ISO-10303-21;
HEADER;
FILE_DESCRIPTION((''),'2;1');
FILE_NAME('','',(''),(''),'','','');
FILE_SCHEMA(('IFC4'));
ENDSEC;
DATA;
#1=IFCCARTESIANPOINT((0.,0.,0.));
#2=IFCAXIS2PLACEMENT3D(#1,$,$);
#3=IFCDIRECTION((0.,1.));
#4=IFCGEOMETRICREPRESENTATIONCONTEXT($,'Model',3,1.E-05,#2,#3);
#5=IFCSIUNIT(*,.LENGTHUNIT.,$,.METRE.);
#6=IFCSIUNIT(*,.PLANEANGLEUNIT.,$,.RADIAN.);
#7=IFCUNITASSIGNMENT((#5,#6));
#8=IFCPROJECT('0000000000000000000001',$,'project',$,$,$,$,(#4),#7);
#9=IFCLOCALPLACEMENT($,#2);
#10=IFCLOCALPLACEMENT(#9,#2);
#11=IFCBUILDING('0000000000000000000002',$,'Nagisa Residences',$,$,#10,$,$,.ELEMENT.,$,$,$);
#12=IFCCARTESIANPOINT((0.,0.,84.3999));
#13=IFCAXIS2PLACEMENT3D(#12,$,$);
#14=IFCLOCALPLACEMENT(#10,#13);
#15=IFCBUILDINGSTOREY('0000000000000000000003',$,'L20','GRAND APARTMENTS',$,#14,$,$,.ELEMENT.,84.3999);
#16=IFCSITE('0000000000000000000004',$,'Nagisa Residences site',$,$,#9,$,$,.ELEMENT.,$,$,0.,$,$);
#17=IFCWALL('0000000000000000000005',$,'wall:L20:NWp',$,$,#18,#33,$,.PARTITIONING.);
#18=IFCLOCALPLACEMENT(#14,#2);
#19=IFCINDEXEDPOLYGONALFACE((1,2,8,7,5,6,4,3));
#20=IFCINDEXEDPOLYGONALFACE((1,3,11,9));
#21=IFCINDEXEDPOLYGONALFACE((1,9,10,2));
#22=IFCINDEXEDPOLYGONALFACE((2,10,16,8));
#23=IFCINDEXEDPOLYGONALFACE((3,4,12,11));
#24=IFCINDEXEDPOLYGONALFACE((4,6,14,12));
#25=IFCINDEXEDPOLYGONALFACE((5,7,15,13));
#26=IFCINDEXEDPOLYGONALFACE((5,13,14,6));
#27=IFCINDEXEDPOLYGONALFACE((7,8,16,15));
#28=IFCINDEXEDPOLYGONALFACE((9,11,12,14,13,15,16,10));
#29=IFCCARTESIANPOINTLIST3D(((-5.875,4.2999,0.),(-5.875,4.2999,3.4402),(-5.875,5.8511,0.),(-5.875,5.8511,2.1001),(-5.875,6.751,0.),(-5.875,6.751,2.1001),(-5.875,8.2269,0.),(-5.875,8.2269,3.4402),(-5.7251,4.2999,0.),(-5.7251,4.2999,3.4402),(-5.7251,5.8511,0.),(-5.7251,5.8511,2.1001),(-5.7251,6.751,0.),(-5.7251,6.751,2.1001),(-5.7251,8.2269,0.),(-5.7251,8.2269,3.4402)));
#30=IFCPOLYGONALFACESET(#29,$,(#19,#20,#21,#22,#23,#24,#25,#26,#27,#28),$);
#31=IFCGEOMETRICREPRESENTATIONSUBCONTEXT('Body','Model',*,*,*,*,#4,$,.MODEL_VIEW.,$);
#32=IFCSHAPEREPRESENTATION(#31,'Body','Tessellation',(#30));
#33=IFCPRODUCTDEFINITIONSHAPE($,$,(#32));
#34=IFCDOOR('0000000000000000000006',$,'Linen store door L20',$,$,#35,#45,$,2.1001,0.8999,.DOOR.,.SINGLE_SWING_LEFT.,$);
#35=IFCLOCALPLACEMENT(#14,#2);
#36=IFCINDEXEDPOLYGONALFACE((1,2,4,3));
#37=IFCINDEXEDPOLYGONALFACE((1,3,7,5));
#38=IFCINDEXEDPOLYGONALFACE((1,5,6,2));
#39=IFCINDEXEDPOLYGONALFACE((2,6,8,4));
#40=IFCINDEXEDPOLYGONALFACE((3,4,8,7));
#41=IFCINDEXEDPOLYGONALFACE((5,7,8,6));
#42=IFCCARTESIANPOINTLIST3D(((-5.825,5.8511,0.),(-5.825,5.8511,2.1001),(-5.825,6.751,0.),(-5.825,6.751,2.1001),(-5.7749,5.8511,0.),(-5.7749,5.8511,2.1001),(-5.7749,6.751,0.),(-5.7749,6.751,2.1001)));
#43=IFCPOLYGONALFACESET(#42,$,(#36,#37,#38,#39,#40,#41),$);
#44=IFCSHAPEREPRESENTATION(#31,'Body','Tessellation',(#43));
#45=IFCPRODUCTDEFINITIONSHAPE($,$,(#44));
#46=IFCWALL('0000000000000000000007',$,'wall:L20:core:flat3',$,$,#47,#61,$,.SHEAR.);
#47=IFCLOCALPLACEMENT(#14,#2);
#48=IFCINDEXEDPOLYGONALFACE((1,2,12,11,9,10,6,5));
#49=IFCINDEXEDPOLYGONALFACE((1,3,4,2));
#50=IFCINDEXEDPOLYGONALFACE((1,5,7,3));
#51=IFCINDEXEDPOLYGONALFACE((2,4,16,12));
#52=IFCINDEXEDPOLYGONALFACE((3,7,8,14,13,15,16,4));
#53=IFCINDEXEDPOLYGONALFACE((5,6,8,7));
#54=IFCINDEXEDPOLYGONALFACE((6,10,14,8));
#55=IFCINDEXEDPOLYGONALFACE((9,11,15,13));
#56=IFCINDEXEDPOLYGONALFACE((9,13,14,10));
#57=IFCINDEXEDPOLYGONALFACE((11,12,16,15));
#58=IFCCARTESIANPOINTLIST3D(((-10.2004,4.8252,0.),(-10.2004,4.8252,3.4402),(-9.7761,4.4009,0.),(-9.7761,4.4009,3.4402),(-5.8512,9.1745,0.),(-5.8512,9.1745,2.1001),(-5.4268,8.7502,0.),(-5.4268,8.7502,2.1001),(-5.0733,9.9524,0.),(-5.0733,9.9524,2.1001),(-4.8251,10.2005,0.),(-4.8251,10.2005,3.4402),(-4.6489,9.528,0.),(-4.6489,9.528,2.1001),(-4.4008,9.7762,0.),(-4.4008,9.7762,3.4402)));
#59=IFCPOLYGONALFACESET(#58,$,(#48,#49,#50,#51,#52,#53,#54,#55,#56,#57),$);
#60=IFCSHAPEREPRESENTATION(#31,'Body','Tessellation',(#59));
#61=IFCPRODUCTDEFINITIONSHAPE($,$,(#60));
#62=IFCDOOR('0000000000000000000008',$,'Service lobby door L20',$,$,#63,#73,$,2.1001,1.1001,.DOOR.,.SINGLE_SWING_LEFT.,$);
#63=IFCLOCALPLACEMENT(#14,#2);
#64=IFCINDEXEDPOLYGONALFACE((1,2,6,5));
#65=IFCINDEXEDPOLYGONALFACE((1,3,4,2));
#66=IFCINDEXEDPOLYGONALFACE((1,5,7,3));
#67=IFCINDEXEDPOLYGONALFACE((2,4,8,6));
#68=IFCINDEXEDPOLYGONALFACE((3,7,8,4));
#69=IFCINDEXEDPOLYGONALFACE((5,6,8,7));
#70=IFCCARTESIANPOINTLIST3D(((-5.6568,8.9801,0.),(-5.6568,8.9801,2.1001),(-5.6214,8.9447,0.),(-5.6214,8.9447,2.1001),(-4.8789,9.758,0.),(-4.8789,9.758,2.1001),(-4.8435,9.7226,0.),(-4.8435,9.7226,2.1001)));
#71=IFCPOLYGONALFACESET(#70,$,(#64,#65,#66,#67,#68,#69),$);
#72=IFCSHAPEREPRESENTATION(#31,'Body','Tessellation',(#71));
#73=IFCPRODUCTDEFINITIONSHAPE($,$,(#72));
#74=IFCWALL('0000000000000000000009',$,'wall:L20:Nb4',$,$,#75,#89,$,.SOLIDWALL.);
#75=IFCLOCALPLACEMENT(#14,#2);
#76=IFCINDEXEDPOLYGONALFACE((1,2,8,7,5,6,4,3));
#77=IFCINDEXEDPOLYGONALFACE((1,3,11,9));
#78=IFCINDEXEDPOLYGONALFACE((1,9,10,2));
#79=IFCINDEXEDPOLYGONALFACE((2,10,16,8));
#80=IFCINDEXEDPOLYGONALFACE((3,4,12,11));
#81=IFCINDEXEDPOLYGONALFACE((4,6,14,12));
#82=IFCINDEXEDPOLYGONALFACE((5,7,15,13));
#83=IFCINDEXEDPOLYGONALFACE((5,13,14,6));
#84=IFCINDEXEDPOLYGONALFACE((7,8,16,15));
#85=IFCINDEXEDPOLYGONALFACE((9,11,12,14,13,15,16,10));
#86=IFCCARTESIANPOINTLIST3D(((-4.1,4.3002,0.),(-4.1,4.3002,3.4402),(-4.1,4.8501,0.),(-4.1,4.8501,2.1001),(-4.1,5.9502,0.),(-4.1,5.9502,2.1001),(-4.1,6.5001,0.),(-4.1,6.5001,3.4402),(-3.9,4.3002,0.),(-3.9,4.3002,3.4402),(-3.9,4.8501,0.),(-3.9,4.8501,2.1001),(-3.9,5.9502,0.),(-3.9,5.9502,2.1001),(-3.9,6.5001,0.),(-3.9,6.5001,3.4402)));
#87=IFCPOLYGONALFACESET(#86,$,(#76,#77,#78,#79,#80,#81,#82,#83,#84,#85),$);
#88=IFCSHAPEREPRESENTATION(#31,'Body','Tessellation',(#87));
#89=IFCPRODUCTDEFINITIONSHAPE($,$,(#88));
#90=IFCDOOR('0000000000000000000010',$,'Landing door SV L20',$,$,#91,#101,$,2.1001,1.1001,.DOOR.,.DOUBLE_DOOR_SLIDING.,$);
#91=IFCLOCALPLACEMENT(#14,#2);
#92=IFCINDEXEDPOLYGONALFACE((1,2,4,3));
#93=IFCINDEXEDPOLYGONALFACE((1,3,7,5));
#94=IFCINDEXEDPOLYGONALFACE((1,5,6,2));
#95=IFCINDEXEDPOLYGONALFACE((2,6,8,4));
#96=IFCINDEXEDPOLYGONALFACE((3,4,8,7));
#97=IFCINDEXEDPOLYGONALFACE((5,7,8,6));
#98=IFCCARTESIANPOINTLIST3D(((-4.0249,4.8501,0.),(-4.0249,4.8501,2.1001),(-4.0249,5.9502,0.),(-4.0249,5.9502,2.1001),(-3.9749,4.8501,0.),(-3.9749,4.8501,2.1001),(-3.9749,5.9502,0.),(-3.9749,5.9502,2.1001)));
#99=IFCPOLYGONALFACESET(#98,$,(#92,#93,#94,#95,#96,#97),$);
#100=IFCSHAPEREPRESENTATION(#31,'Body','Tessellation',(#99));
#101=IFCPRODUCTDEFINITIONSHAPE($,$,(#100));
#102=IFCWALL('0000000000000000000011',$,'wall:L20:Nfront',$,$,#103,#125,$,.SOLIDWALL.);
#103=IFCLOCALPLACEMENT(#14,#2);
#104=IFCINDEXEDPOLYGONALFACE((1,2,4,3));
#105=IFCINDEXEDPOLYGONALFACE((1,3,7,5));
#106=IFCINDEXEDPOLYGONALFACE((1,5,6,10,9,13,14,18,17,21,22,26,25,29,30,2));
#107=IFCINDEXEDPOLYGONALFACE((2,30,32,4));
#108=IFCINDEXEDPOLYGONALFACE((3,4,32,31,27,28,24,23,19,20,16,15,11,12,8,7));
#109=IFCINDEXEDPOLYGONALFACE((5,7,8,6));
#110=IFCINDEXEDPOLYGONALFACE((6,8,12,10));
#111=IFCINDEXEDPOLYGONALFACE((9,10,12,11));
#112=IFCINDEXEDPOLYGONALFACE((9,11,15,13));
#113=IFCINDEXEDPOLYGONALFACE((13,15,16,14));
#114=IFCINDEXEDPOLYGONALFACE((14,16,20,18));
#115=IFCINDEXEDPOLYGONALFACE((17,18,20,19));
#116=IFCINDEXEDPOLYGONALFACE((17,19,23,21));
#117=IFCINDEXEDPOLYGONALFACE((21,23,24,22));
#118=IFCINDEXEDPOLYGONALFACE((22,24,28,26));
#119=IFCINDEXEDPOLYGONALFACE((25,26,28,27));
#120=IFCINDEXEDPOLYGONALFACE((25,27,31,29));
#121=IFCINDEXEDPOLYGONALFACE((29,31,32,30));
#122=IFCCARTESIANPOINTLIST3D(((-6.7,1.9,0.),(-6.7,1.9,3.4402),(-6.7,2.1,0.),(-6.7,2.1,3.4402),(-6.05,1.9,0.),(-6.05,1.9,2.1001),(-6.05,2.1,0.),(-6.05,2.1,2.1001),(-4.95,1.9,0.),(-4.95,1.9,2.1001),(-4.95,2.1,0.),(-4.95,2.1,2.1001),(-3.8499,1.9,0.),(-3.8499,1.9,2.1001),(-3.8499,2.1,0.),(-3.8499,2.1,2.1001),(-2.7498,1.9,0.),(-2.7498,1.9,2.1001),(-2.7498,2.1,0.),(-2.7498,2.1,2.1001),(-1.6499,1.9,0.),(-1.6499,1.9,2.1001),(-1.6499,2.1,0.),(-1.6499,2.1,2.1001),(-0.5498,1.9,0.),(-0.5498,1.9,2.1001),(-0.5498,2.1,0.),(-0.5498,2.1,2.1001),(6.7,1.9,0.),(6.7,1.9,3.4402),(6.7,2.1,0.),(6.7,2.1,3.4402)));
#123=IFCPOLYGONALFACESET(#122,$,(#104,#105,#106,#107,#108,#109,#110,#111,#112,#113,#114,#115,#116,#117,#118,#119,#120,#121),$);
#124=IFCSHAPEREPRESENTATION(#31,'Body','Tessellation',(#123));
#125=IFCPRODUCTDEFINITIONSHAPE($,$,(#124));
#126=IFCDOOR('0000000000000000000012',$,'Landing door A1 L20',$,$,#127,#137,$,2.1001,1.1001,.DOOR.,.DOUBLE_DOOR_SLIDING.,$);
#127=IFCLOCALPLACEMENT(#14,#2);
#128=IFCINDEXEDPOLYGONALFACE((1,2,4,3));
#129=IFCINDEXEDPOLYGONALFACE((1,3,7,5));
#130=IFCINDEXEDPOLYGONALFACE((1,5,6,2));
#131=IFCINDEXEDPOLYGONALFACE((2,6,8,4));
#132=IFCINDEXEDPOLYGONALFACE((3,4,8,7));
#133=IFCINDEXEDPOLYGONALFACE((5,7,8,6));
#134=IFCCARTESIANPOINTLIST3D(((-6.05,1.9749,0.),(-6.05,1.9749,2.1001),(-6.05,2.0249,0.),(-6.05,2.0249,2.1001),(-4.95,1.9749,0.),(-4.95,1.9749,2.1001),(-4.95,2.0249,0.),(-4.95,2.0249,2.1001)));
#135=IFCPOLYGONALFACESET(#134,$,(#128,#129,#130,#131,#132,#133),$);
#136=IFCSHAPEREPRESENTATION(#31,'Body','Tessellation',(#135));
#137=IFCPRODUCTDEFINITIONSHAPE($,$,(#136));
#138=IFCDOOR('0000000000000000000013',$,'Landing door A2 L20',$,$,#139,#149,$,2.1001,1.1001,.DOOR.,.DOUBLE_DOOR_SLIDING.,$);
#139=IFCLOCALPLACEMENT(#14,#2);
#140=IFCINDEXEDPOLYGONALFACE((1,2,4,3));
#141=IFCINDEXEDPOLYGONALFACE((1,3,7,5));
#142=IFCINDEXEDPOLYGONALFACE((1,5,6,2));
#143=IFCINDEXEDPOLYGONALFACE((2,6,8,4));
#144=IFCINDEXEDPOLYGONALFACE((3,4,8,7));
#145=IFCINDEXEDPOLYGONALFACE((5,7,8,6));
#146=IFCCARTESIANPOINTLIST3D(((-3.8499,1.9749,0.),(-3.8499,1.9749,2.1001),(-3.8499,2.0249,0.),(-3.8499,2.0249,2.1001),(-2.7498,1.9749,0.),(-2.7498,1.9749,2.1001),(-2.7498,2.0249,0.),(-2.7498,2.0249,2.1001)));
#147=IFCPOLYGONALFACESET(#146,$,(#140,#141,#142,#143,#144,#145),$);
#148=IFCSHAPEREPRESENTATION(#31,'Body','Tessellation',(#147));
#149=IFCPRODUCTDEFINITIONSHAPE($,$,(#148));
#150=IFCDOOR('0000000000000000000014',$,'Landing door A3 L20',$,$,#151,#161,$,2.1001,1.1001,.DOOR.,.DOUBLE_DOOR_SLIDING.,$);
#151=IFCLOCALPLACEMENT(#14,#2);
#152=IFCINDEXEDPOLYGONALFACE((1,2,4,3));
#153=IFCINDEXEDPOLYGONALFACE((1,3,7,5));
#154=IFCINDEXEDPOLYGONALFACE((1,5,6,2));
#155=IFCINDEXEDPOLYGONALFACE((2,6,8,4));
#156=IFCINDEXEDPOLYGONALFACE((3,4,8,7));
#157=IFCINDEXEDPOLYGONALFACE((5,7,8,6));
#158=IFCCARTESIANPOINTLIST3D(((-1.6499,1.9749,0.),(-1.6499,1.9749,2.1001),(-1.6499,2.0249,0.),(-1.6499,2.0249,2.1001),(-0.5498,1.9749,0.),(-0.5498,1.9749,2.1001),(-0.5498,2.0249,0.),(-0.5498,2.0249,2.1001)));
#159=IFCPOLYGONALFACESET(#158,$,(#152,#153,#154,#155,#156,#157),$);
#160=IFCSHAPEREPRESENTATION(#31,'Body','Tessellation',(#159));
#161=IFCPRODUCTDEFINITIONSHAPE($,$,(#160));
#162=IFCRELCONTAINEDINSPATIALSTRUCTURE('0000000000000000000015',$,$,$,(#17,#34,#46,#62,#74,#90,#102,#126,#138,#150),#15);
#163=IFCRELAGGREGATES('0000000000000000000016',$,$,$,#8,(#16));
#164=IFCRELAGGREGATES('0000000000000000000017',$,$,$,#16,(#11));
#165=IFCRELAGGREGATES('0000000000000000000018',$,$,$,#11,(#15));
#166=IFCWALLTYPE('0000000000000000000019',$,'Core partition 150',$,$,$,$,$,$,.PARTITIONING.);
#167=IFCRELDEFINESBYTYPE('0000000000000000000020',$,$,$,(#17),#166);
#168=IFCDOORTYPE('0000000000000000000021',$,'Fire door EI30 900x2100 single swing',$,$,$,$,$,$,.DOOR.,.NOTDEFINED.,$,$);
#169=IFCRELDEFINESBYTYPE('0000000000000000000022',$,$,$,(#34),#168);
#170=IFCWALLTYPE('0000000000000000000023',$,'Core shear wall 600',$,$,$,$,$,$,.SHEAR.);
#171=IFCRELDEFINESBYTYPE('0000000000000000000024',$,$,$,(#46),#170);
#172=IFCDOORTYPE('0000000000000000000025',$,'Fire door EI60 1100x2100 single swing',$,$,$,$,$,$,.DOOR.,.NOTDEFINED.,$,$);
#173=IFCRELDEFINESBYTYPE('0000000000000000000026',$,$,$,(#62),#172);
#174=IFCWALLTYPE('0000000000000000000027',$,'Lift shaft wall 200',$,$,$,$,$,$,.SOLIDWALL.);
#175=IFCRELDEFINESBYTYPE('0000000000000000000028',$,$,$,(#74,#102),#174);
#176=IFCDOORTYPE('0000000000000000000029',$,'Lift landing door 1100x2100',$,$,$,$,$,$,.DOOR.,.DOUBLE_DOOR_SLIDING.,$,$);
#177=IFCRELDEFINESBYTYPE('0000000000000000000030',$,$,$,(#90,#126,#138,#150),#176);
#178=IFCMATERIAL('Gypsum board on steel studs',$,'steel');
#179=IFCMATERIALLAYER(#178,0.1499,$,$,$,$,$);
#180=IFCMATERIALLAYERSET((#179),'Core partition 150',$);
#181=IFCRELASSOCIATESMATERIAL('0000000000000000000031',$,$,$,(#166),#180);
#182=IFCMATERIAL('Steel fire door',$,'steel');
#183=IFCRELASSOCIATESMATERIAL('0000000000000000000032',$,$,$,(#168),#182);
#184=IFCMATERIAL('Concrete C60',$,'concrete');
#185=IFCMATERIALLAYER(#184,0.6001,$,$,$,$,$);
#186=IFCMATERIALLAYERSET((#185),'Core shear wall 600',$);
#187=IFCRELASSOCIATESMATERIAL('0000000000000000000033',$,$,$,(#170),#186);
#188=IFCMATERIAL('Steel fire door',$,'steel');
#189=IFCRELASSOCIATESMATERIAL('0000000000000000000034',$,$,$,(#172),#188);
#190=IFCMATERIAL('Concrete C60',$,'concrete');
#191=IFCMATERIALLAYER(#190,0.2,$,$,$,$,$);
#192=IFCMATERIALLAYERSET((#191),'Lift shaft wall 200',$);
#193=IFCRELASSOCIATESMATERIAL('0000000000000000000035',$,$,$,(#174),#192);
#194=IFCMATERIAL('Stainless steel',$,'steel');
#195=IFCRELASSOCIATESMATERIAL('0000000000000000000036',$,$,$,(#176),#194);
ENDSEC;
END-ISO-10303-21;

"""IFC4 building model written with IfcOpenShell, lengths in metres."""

from ifc_helpers import new_model, si_unit, direction, frame, frame_2d, origin, place, context, subcontext, project, spatial, rectangle, extrude, material, layer, layer_set, type_object, element, fill, save


model = new_model("IFC4")

# Units and contexts
model_context = context("Model", 3, precision=1e-05, world=origin(), true_north=direction((0.0, 1.0)))
body_context = subcontext(model_context, "Body", "Model", "MODEL_VIEW")
ifc_project = project(units=[si_unit("LENGTHUNIT", "METRE"), si_unit("PLANEANGLEUNIT", "RADIAN")], contexts=[model_context])

# Site, building, storey
site_placement = place(None, origin())
site = spatial("IfcSite", under=ifc_project, at=site_placement, Name="Nagisa Residences site", CompositionType="ELEMENT", RefElevation=0.0)
building_placement = place(site_placement, origin())
building = spatial("IfcBuilding", under=site, at=building_placement, Name="Nagisa Residences", CompositionType="ELEMENT")
storey_placement = place(building_placement, frame((0.0, 0.0, 84.3999)))
storey = spatial("IfcBuildingStorey", under=building, at=storey_placement, Name="L20", Description="GRAND APARTMENTS", CompositionType="ELEMENT", Elevation=84.3999)

# Walls, openings, doors
ifc_material_1 = material(Name="Gypsum board on steel studs", Category="steel")
ifc_layer_1 = layer(ifc_material_1, 0.1499)
ifc_layer_set_1 = layer_set([ifc_layer_1], Name="Core partition 150")
wall_type_1 = type_object("IfcWallType", Name="Core partition 150", PredefinedType="PARTITIONING", material=ifc_layer_set_1)
wall_1_placement = place(storey_placement, frame((-5.8, 4.3, 0.0), z_axis=(0.0, 0.0, 1.0), x_axis=(0.0, 1.0, 0.0)))
wall_1 = element("IfcWall", 1, at=wall_1_placement, inside=storey, type_object=wall_type_1, Name="wall:L20:NWp", PredefinedType="PARTITIONING", context=body_context, shape_type="SweptSolid", body=[
    extrude(rectangle(XDim=3.927, YDim=0.1499, at=frame_2d((1.9634, 0.0))), origin(), (0.0, 0.0, 1.0), 3.4402),
])
opening_1_placement = place(wall_1_placement, frame((1.551, 0.0, 0.0)))
opening_1 = element("IfcOpeningElement", 2, at=opening_1_placement, cuts=wall_1, PredefinedType="OPENING", context=body_context, shape_type="SweptSolid", body=[
    extrude(rectangle(XDim=0.8999, YDim=2.1001, at=frame_2d((0.45, 1.05))), frame((0.0, 0.085, 0.0), z_axis=(0.0, -1.0, 0.0), x_axis=(1.0, 0.0, 0.0)), (0.0, 0.0, 1.0), 0.1699),
])
ifc_material_2 = material(Name="Steel fire door", Category="steel")
door_type_1 = type_object("IfcDoorType", Name="Fire door EI30 900x2100 single swing", OperationType="NOTDEFINED", PredefinedType="DOOR", material=ifc_material_2)
door_1_placement = place(opening_1_placement, origin())
door_1 = element("IfcDoor", 3, at=door_1_placement, inside=storey, type_object=door_type_1, Name="Linen store door L20", OperationType="SINGLE_SWING_LEFT", OverallHeight=2.1001, OverallWidth=0.8999, PredefinedType="DOOR", context=body_context, shape_type="SweptSolid", body=[
    extrude(rectangle(XDim=0.8999, YDim=2.1001, at=frame_2d((0.45, 1.05))), frame((0.0, 0.0249, 0.0), z_axis=(0.0, -1.0, 0.0), x_axis=(1.0, 0.0, 0.0)), (0.0, 0.0, 1.0), 0.05),
])
fill(opening_1, door_1)
ifc_material_3 = material(Name="Concrete C60", Category="concrete")
ifc_layer_2 = layer(ifc_material_3, 0.6001)
ifc_layer_set_2 = layer_set([ifc_layer_2], Name="Core shear wall 600")
wall_type_2 = type_object("IfcWallType", Name="Core shear wall 600", PredefinedType="SHEAR", material=ifc_layer_set_2)
wall_2_placement = place(storey_placement, frame((-4.613, 9.9883, 0.0), z_axis=(0.0, 0.0, 1.0), x_axis=(-0.707107, -0.707107, 0.0)))
wall_2 = element("IfcWall", 4, at=wall_2_placement, inside=storey, type_object=wall_type_2, Name="wall:L20:core:flat3", PredefinedType="SHEAR", context=body_context, shape_type="SweptSolid", body=[
    extrude(rectangle(XDim=7.6018, YDim=0.6001, at=frame_2d((3.8008, 0.0))), origin(), (0.0, 0.0, 1.0), 3.4402),
])
opening_2_placement = place(wall_2_placement, frame((0.3508, 0.0, 0.0)))
opening_2 = element("IfcOpeningElement", 5, at=opening_2_placement, cuts=wall_2, PredefinedType="OPENING", context=body_context, shape_type="SweptSolid", body=[
    extrude(rectangle(XDim=1.1001, YDim=2.1001, at=frame_2d((0.55, 1.05))), frame((0.0, 0.3101, 0.0), z_axis=(0.0, -1.0, 0.0), x_axis=(1.0, 0.0, 0.0)), (0.0, 0.0, 1.0), 0.6201),
])
ifc_material_4 = material(Name="Steel fire door", Category="steel")
door_type_2 = type_object("IfcDoorType", Name="Fire door EI60 1100x2100 single swing", OperationType="NOTDEFINED", PredefinedType="DOOR", material=ifc_material_4)
door_2_placement = place(opening_2_placement, origin())
door_2 = element("IfcDoor", 6, at=door_2_placement, inside=storey, type_object=door_type_2, Name="Service lobby door L20", OperationType="SINGLE_SWING_LEFT", OverallHeight=2.1001, OverallWidth=1.1001, PredefinedType="DOOR", context=body_context, shape_type="SweptSolid", body=[
    extrude(rectangle(XDim=1.1001, YDim=2.1001, at=frame_2d((0.55, 1.05))), frame((0.0, 0.0249, 0.0), z_axis=(0.0, -1.0, 0.0), x_axis=(1.0, 0.0, 0.0)), (0.0, 0.0, 1.0), 0.05),
])
fill(opening_2, door_2)
ifc_material_5 = material(Name="Concrete C60", Category="concrete")
ifc_layer_3 = layer(ifc_material_5, 0.2)
ifc_layer_set_3 = layer_set([ifc_layer_3], Name="Lift shaft wall 200")
wall_type_3 = type_object("IfcWallType", Name="Lift shaft wall 200", PredefinedType="SOLIDWALL", material=ifc_layer_set_3)
wall_3_placement = place(storey_placement, frame((-4.0, 4.3, 0.0), z_axis=(0.0, 0.0, 1.0), x_axis=(0.0, 1.0, 0.0)))
wall_3 = element("IfcWall", 7, at=wall_3_placement, inside=storey, type_object=wall_type_3, Name="wall:L20:Nb4", PredefinedType="SOLIDWALL", context=body_context, shape_type="SweptSolid", body=[
    extrude(rectangle(XDim=2.2, YDim=0.2, at=frame_2d((1.1001, 0.0))), origin(), (0.0, 0.0, 1.0), 3.4402),
])
opening_3_placement = place(wall_3_placement, frame((0.55, 0.0, 0.0)))
opening_3 = element("IfcOpeningElement", 8, at=opening_3_placement, cuts=wall_3, PredefinedType="OPENING", context=body_context, shape_type="SweptSolid", body=[
    extrude(rectangle(XDim=1.1001, YDim=2.1001, at=frame_2d((0.55, 1.05))), frame((0.0, 0.1099, 0.0), z_axis=(0.0, -1.0, 0.0), x_axis=(1.0, 0.0, 0.0)), (0.0, 0.0, 1.0), 0.22),
])
ifc_material_6 = material(Name="Stainless steel", Category="steel")
door_type_3 = type_object("IfcDoorType", Name="Lift landing door 1100x2100", OperationType="DOUBLE_DOOR_SLIDING", PredefinedType="DOOR", material=ifc_material_6)
door_3_placement = place(opening_3_placement, origin())
door_3 = element("IfcDoor", 9, at=door_3_placement, inside=storey, type_object=door_type_3, Name="Landing door SV L20", OperationType="DOUBLE_DOOR_SLIDING", OverallHeight=2.1001, OverallWidth=1.1001, PredefinedType="DOOR", context=body_context, shape_type="SweptSolid", body=[
    extrude(rectangle(XDim=1.1001, YDim=2.1001, at=frame_2d((0.55, 1.05))), frame((0.0, 0.0249, 0.0), z_axis=(0.0, -1.0, 0.0), x_axis=(1.0, 0.0, 0.0)), (0.0, 0.0, 1.0), 0.05),
])
fill(opening_3, door_3)

# Wall, openings, doors
wall_4_placement = place(storey_placement, frame((-6.7, 2.0, 0.0), z_axis=(0.0, 0.0, 1.0), x_axis=(1.0, 0.0, 0.0)))
wall_4 = element("IfcWall", 10, at=wall_4_placement, inside=storey, type_object=wall_type_3, Name="wall:L20:Nfront", PredefinedType="SOLIDWALL", context=body_context, shape_type="SweptSolid", body=[
    extrude(rectangle(XDim=13.3999, YDim=0.2, at=frame_2d((6.7, 0.0))), origin(), (0.0, 0.0, 1.0), 3.4402),
])
opening_4_placement = place(wall_4_placement, frame((0.6499, 0.0, 0.0)))
opening_4 = element("IfcOpeningElement", 11, at=opening_4_placement, cuts=wall_4, PredefinedType="OPENING", context=body_context, shape_type="SweptSolid", body=[
    extrude(rectangle(XDim=1.1001, YDim=2.1001, at=frame_2d((0.55, 1.05))), frame((0.0, 0.1099, 0.0), z_axis=(0.0, -1.0, 0.0), x_axis=(1.0, 0.0, 0.0)), (0.0, 0.0, 1.0), 0.22),
])
opening_5_placement = place(wall_4_placement, frame((2.8501, 0.0, 0.0)))
opening_5 = element("IfcOpeningElement", 12, at=opening_5_placement, cuts=wall_4, PredefinedType="OPENING", context=body_context, shape_type="SweptSolid", body=[
    extrude(rectangle(XDim=1.1001, YDim=2.1001, at=frame_2d((0.55, 1.05))), frame((0.0, 0.1099, 0.0), z_axis=(0.0, -1.0, 0.0), x_axis=(1.0, 0.0, 0.0)), (0.0, 0.0, 1.0), 0.22),
])
opening_6_placement = place(wall_4_placement, frame((5.05, 0.0, 0.0)))
opening_6 = element("IfcOpeningElement", 13, at=opening_6_placement, cuts=wall_4, PredefinedType="OPENING", context=body_context, shape_type="SweptSolid", body=[
    extrude(rectangle(XDim=1.1001, YDim=2.1001, at=frame_2d((0.55, 1.05))), frame((0.0, 0.1099, 0.0), z_axis=(0.0, -1.0, 0.0), x_axis=(1.0, 0.0, 0.0)), (0.0, 0.0, 1.0), 0.22),
])
door_4_placement = place(opening_4_placement, origin())
door_4 = element("IfcDoor", 14, at=door_4_placement, inside=storey, type_object=door_type_3, Name="Landing door A1 L20", OperationType="DOUBLE_DOOR_SLIDING", OverallHeight=2.1001, OverallWidth=1.1001, PredefinedType="DOOR", context=body_context, shape_type="SweptSolid", body=[
    extrude(rectangle(XDim=1.1001, YDim=2.1001, at=frame_2d((0.55, 1.05))), frame((0.0, 0.0249, 0.0), z_axis=(0.0, -1.0, 0.0), x_axis=(1.0, 0.0, 0.0)), (0.0, 0.0, 1.0), 0.05),
])
fill(opening_4, door_4)
door_5_placement = place(opening_5_placement, origin())
door_5 = element("IfcDoor", 15, at=door_5_placement, inside=storey, type_object=door_type_3, Name="Landing door A2 L20", OperationType="DOUBLE_DOOR_SLIDING", OverallHeight=2.1001, OverallWidth=1.1001, PredefinedType="DOOR", context=body_context, shape_type="SweptSolid", body=[
    extrude(rectangle(XDim=1.1001, YDim=2.1001, at=frame_2d((0.55, 1.05))), frame((0.0, 0.0249, 0.0), z_axis=(0.0, -1.0, 0.0), x_axis=(1.0, 0.0, 0.0)), (0.0, 0.0, 1.0), 0.05),
])
fill(opening_5, door_5)
door_6_placement = place(opening_6_placement, origin())
door_6 = element("IfcDoor", 16, at=door_6_placement, inside=storey, type_object=door_type_3, Name="Landing door A3 L20", OperationType="DOUBLE_DOOR_SLIDING", OverallHeight=2.1001, OverallWidth=1.1001, PredefinedType="DOOR", context=body_context, shape_type="SweptSolid", body=[
    extrude(rectangle(XDim=1.1001, YDim=2.1001, at=frame_2d((0.55, 1.05))), frame((0.0, 0.0249, 0.0), z_axis=(0.0, -1.0, 0.0), x_axis=(1.0, 0.0, 0.0)), (0.0, 0.0, 1.0), 0.05),
])
fill(opening_6, door_6)

save(model, "model.ifc")
